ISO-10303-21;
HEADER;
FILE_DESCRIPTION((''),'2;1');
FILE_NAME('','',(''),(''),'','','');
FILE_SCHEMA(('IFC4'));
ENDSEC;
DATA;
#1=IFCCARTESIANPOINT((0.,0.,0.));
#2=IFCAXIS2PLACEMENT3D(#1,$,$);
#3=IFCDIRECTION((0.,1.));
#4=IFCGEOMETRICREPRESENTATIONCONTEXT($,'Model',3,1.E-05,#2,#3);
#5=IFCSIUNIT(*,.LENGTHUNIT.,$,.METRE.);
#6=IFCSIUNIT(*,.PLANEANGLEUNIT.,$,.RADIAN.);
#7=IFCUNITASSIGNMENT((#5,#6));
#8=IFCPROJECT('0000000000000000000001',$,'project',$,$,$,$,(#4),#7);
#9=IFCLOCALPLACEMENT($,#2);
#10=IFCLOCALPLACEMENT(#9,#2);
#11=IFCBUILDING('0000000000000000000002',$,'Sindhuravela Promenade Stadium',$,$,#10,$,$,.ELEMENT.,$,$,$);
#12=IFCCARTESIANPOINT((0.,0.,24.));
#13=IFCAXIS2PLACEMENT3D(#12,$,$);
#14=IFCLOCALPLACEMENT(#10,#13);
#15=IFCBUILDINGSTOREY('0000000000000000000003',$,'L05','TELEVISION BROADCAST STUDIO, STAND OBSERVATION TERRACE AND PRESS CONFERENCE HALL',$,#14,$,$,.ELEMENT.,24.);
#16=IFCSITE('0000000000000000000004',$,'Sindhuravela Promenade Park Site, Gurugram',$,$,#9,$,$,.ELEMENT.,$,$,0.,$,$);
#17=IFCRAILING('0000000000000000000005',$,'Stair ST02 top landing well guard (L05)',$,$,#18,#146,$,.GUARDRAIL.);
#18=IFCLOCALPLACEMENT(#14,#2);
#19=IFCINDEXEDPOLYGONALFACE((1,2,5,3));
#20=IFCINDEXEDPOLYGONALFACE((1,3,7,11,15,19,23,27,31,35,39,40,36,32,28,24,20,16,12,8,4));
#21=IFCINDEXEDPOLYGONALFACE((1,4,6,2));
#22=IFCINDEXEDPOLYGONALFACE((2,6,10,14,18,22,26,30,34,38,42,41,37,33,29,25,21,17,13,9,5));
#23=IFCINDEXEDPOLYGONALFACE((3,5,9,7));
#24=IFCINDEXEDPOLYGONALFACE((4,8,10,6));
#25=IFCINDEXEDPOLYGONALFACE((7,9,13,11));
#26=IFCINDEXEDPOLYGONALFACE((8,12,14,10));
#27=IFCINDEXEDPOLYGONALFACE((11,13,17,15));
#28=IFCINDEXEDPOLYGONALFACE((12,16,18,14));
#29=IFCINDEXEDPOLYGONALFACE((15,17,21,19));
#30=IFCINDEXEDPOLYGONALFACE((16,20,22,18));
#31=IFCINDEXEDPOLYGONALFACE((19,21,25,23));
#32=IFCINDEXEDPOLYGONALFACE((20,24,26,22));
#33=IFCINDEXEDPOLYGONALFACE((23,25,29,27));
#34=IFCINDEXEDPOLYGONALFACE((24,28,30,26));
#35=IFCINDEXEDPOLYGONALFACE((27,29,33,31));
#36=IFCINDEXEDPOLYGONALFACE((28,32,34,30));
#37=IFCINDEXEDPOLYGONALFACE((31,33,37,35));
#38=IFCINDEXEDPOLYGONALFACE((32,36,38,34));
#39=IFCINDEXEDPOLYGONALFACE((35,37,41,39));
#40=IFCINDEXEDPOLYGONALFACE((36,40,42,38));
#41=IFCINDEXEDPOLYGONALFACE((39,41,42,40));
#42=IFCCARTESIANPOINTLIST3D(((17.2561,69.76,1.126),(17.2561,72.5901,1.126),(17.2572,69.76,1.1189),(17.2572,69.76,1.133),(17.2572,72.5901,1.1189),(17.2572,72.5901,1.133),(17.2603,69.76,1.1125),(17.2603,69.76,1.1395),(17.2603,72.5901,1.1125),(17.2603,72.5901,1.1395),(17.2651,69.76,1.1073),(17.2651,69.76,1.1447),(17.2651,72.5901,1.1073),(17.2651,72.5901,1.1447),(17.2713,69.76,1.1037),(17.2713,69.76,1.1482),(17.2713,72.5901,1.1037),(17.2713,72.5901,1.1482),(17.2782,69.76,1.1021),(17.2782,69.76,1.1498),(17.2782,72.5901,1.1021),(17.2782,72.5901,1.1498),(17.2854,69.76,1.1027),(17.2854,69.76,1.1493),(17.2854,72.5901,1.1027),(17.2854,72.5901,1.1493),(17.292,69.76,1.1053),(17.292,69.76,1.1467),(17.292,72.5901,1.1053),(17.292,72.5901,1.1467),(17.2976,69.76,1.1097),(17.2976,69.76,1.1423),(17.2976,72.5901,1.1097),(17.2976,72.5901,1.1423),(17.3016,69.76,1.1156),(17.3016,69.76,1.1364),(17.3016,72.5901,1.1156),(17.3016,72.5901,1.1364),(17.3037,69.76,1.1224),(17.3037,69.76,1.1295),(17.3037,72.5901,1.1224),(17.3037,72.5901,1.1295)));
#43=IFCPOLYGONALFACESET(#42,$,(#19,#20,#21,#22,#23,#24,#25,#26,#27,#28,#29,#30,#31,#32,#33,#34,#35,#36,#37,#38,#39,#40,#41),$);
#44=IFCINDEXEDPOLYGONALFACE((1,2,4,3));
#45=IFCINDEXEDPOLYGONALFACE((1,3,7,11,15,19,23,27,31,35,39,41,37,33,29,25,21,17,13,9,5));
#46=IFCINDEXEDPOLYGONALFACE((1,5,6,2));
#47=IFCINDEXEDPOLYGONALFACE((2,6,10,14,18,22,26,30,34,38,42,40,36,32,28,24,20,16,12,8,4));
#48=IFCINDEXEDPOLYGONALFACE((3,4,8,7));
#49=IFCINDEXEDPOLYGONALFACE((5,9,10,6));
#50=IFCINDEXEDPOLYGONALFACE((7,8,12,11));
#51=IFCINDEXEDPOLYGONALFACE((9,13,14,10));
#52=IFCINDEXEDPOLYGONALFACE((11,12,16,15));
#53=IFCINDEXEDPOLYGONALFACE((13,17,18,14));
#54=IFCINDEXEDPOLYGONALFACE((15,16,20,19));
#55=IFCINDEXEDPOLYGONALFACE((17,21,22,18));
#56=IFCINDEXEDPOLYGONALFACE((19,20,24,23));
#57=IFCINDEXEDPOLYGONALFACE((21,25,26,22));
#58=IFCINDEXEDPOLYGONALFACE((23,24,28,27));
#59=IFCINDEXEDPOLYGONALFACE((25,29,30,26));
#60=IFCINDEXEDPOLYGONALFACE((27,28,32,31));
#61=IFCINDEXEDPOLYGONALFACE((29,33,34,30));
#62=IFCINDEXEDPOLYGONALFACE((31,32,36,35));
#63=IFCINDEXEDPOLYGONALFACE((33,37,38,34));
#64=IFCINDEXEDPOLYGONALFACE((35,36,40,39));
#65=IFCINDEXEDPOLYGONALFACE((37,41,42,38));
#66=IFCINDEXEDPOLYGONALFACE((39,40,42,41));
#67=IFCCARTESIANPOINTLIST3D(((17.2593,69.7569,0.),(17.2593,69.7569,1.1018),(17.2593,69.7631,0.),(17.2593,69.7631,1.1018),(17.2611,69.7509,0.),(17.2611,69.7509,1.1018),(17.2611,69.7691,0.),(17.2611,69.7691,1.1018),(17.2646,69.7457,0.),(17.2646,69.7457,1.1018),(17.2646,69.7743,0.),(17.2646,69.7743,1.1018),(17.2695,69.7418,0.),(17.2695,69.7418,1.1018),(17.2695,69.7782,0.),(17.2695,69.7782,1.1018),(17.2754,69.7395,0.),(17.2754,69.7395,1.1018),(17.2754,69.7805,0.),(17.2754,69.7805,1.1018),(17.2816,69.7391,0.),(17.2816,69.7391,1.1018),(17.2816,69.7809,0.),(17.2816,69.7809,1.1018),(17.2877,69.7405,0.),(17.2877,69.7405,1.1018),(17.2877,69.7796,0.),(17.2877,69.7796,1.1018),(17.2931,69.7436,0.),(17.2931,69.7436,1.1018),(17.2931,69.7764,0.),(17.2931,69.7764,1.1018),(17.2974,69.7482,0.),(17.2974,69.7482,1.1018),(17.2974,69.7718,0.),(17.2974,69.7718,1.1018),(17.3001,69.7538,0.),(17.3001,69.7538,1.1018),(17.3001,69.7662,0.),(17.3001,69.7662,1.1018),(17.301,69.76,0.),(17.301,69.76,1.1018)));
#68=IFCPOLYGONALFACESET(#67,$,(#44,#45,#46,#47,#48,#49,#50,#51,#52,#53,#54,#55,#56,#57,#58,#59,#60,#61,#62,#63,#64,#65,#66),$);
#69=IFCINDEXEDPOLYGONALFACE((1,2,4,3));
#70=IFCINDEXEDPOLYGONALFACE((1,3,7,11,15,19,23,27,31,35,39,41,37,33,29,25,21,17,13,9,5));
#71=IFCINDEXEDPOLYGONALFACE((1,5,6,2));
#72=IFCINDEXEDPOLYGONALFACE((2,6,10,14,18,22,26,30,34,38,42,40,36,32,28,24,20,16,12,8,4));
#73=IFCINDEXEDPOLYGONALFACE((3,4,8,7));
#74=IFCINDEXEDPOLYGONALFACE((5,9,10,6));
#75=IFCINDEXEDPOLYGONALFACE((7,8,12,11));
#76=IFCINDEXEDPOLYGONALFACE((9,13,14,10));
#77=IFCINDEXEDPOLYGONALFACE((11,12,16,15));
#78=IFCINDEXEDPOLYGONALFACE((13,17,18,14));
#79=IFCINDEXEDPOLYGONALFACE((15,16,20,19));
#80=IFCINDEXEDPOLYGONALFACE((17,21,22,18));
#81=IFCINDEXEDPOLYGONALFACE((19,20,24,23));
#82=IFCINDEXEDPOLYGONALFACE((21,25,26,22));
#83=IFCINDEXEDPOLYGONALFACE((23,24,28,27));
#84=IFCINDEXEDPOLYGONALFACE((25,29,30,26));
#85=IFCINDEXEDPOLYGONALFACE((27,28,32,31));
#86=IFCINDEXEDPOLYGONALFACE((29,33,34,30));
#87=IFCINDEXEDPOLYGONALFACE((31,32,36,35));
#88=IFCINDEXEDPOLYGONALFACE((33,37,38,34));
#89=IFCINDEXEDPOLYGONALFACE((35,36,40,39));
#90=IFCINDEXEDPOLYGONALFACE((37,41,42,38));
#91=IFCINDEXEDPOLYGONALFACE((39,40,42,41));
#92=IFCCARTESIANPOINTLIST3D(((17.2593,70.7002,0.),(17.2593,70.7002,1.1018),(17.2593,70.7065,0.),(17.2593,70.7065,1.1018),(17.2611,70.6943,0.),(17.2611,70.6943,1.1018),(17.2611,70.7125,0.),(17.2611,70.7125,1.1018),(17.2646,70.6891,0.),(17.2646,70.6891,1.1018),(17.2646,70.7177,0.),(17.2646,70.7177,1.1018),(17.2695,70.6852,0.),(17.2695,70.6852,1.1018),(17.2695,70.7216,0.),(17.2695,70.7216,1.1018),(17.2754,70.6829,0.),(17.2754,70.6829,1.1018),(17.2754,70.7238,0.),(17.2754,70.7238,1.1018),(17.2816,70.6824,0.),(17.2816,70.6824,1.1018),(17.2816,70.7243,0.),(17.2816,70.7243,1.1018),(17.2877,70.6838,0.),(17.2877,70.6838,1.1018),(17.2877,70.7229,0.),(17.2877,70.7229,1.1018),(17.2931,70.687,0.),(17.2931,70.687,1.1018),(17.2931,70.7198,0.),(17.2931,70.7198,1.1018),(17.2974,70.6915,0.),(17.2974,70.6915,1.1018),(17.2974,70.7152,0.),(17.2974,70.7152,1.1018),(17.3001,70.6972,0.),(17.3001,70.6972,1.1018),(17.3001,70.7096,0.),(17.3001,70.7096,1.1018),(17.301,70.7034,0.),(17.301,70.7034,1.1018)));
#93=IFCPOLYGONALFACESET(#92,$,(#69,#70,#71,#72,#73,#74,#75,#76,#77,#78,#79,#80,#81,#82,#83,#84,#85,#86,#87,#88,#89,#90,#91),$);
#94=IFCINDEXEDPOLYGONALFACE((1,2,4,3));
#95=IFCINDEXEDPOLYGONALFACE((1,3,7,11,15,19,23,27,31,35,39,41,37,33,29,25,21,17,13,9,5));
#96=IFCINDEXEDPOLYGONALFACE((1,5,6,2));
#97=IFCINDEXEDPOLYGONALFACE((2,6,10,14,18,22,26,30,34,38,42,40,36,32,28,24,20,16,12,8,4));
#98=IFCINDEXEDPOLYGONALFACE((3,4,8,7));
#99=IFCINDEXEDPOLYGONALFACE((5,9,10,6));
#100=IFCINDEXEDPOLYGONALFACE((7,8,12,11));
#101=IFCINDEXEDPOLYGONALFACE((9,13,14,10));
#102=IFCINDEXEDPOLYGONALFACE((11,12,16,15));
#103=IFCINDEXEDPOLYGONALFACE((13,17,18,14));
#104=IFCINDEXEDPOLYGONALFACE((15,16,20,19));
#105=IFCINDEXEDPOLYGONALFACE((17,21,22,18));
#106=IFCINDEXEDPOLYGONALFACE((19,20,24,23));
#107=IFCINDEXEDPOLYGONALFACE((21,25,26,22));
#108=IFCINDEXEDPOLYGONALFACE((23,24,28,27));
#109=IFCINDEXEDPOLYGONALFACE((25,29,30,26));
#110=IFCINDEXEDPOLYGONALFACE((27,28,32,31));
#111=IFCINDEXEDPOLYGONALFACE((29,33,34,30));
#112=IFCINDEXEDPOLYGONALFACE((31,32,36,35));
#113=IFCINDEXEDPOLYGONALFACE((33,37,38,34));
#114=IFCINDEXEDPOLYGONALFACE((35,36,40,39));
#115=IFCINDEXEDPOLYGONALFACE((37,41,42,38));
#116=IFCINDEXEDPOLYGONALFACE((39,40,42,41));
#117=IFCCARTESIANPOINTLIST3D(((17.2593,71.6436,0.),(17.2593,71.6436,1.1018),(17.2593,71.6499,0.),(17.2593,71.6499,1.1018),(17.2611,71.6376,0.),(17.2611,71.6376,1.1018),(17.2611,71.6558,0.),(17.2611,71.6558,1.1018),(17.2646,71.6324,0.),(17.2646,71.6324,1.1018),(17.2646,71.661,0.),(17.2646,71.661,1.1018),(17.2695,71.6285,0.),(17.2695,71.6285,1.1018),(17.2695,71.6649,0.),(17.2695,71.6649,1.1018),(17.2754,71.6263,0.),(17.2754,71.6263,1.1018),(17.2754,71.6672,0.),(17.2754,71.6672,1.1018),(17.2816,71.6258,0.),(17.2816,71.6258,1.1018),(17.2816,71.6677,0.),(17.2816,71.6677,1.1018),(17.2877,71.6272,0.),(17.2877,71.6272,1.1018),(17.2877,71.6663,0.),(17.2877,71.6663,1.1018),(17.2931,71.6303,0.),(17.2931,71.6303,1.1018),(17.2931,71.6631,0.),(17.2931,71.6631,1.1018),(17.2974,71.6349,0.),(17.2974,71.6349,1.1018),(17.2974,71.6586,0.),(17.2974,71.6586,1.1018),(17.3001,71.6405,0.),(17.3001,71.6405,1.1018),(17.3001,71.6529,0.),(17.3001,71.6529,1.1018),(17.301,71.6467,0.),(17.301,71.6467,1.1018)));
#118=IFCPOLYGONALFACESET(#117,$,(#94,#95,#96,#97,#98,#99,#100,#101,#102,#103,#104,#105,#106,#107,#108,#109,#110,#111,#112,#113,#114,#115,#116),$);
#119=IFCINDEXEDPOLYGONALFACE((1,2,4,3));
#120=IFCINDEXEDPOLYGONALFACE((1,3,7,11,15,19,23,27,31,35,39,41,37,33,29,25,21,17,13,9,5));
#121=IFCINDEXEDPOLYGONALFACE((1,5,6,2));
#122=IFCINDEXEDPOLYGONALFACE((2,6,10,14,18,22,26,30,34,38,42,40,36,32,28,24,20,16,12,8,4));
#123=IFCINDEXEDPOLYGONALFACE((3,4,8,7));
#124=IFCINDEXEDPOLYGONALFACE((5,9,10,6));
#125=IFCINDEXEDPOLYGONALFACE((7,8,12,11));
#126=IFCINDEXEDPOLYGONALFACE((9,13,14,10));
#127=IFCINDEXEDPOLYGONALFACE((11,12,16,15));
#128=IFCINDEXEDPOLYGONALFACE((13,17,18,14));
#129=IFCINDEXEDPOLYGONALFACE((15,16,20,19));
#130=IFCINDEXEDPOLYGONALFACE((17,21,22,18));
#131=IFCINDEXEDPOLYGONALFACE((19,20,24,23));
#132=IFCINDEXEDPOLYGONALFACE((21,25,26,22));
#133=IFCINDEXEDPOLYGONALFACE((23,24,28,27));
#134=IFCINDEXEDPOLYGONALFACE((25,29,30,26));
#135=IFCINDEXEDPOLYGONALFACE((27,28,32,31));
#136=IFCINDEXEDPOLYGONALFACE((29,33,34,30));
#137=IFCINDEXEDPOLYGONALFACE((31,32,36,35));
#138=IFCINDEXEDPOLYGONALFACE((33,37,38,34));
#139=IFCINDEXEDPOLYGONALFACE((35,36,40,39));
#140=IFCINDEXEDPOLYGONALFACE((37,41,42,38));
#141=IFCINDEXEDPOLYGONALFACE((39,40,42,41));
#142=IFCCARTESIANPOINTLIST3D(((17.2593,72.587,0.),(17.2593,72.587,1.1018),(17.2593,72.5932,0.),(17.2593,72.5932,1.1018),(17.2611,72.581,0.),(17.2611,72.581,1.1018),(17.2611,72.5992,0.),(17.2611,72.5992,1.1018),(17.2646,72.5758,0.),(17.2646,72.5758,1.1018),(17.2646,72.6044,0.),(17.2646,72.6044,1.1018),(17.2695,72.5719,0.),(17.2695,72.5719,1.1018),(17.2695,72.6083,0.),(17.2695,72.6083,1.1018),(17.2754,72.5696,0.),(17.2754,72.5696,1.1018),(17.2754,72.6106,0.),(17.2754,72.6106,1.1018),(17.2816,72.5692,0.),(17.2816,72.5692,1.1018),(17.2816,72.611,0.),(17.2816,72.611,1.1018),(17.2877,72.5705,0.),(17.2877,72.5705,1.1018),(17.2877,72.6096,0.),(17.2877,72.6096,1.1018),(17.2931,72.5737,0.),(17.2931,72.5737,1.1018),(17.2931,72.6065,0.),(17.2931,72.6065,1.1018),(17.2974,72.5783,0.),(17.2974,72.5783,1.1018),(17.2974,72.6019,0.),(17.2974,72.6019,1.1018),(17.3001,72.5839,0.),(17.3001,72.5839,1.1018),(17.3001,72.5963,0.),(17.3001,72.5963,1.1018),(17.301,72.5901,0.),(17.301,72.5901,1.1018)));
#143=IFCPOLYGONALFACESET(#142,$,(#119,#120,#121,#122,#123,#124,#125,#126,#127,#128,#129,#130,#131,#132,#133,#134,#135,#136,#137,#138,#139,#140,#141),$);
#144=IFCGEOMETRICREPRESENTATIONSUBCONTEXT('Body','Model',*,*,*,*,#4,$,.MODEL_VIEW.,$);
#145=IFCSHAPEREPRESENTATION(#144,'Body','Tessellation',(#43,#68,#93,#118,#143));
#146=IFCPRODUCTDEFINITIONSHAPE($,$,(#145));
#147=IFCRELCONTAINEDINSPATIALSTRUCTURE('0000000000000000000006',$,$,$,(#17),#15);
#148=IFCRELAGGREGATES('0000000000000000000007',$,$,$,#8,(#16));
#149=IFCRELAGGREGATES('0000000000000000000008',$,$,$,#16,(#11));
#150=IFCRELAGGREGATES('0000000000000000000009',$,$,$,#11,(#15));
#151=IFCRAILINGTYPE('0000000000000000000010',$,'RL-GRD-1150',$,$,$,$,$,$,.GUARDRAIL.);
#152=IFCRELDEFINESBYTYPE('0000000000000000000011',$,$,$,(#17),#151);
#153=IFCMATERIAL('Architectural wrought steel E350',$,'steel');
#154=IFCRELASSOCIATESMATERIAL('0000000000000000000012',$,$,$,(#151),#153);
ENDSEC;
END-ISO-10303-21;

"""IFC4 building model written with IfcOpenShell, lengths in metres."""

from ifc_helpers import new_model, si_unit, direction, frame, origin, origin_2d, place, context, subcontext, project, spatial, circle, extrude, material, type_object, element, save


model = new_model("IFC4")

# Units and contexts
model_context = context("Model", 3, precision=1e-05, world=origin(), true_north=direction((0.0, 1.0)))
body_context = subcontext(model_context, "Body", "Model", "MODEL_VIEW")
ifc_project = project(units=[si_unit("LENGTHUNIT", "METRE"), si_unit("PLANEANGLEUNIT", "RADIAN")], contexts=[model_context])

# Site, building, storey
site_placement = place(None, origin())
site = spatial("IfcSite", under=ifc_project, at=site_placement, Name="Sindhuravela Promenade Park Site, Gurugram", CompositionType="ELEMENT", RefElevation=0.0)
building_placement = place(site_placement, origin())
building = spatial("IfcBuilding", under=site, at=building_placement, Name="Sindhuravela Promenade Stadium", CompositionType="ELEMENT")
storey_placement = place(building_placement, frame((0.0, 0.0, 24.0)))
storey = spatial("IfcBuildingStorey", under=building, at=storey_placement, Name="L05", Description="TELEVISION BROADCAST STUDIO, STAND OBSERVATION TERRACE AND PRESS CONFERENCE HALL", CompositionType="ELEMENT", Elevation=24.0)

# Railing
ifc_material_1 = material(Name="Architectural wrought steel E350", Category="steel")
railing_type = type_object("IfcRailingType", Name="RL-GRD-1150", PredefinedType="GUARDRAIL", material=ifc_material_1)
railing_placement = place(storey_placement, frame((17.28, 69.76, 0.0)))
element("IfcRailing", 1, at=railing_placement, inside=storey, type_object=railing_type, Name="Stair ST02 top landing well guard (L05)", PredefinedType="GUARDRAIL", context=body_context, shape_type="SweptSolid", body=[
    extrude(circle(Radius=0.0239, at=origin_2d()), frame((0.0, 0.0, 1.126), z_axis=(0.0, 1.0, 0.0), x_axis=(-1.0, 0.0, 0.0)), (0.0, 0.0, 1.0), 2.8301),
    extrude(circle(Radius=0.021, at=origin_2d()), origin(), (0.0, 0.0, 1.0), 1.1018),
    extrude(circle(Radius=0.021, at=origin_2d()), frame((0.0, 0.9434, 0.0)), (0.0, 0.0, 1.0), 1.1018),
    extrude(circle(Radius=0.021, at=origin_2d()), frame((0.0, 1.8867, 0.0)), (0.0, 0.0, 1.0), 1.1018),
    extrude(circle(Radius=0.021, at=origin_2d()), frame((0.0, 2.8301, 0.0)), (0.0, 0.0, 1.0), 1.1018),
])

save(model, "model.ifc")
